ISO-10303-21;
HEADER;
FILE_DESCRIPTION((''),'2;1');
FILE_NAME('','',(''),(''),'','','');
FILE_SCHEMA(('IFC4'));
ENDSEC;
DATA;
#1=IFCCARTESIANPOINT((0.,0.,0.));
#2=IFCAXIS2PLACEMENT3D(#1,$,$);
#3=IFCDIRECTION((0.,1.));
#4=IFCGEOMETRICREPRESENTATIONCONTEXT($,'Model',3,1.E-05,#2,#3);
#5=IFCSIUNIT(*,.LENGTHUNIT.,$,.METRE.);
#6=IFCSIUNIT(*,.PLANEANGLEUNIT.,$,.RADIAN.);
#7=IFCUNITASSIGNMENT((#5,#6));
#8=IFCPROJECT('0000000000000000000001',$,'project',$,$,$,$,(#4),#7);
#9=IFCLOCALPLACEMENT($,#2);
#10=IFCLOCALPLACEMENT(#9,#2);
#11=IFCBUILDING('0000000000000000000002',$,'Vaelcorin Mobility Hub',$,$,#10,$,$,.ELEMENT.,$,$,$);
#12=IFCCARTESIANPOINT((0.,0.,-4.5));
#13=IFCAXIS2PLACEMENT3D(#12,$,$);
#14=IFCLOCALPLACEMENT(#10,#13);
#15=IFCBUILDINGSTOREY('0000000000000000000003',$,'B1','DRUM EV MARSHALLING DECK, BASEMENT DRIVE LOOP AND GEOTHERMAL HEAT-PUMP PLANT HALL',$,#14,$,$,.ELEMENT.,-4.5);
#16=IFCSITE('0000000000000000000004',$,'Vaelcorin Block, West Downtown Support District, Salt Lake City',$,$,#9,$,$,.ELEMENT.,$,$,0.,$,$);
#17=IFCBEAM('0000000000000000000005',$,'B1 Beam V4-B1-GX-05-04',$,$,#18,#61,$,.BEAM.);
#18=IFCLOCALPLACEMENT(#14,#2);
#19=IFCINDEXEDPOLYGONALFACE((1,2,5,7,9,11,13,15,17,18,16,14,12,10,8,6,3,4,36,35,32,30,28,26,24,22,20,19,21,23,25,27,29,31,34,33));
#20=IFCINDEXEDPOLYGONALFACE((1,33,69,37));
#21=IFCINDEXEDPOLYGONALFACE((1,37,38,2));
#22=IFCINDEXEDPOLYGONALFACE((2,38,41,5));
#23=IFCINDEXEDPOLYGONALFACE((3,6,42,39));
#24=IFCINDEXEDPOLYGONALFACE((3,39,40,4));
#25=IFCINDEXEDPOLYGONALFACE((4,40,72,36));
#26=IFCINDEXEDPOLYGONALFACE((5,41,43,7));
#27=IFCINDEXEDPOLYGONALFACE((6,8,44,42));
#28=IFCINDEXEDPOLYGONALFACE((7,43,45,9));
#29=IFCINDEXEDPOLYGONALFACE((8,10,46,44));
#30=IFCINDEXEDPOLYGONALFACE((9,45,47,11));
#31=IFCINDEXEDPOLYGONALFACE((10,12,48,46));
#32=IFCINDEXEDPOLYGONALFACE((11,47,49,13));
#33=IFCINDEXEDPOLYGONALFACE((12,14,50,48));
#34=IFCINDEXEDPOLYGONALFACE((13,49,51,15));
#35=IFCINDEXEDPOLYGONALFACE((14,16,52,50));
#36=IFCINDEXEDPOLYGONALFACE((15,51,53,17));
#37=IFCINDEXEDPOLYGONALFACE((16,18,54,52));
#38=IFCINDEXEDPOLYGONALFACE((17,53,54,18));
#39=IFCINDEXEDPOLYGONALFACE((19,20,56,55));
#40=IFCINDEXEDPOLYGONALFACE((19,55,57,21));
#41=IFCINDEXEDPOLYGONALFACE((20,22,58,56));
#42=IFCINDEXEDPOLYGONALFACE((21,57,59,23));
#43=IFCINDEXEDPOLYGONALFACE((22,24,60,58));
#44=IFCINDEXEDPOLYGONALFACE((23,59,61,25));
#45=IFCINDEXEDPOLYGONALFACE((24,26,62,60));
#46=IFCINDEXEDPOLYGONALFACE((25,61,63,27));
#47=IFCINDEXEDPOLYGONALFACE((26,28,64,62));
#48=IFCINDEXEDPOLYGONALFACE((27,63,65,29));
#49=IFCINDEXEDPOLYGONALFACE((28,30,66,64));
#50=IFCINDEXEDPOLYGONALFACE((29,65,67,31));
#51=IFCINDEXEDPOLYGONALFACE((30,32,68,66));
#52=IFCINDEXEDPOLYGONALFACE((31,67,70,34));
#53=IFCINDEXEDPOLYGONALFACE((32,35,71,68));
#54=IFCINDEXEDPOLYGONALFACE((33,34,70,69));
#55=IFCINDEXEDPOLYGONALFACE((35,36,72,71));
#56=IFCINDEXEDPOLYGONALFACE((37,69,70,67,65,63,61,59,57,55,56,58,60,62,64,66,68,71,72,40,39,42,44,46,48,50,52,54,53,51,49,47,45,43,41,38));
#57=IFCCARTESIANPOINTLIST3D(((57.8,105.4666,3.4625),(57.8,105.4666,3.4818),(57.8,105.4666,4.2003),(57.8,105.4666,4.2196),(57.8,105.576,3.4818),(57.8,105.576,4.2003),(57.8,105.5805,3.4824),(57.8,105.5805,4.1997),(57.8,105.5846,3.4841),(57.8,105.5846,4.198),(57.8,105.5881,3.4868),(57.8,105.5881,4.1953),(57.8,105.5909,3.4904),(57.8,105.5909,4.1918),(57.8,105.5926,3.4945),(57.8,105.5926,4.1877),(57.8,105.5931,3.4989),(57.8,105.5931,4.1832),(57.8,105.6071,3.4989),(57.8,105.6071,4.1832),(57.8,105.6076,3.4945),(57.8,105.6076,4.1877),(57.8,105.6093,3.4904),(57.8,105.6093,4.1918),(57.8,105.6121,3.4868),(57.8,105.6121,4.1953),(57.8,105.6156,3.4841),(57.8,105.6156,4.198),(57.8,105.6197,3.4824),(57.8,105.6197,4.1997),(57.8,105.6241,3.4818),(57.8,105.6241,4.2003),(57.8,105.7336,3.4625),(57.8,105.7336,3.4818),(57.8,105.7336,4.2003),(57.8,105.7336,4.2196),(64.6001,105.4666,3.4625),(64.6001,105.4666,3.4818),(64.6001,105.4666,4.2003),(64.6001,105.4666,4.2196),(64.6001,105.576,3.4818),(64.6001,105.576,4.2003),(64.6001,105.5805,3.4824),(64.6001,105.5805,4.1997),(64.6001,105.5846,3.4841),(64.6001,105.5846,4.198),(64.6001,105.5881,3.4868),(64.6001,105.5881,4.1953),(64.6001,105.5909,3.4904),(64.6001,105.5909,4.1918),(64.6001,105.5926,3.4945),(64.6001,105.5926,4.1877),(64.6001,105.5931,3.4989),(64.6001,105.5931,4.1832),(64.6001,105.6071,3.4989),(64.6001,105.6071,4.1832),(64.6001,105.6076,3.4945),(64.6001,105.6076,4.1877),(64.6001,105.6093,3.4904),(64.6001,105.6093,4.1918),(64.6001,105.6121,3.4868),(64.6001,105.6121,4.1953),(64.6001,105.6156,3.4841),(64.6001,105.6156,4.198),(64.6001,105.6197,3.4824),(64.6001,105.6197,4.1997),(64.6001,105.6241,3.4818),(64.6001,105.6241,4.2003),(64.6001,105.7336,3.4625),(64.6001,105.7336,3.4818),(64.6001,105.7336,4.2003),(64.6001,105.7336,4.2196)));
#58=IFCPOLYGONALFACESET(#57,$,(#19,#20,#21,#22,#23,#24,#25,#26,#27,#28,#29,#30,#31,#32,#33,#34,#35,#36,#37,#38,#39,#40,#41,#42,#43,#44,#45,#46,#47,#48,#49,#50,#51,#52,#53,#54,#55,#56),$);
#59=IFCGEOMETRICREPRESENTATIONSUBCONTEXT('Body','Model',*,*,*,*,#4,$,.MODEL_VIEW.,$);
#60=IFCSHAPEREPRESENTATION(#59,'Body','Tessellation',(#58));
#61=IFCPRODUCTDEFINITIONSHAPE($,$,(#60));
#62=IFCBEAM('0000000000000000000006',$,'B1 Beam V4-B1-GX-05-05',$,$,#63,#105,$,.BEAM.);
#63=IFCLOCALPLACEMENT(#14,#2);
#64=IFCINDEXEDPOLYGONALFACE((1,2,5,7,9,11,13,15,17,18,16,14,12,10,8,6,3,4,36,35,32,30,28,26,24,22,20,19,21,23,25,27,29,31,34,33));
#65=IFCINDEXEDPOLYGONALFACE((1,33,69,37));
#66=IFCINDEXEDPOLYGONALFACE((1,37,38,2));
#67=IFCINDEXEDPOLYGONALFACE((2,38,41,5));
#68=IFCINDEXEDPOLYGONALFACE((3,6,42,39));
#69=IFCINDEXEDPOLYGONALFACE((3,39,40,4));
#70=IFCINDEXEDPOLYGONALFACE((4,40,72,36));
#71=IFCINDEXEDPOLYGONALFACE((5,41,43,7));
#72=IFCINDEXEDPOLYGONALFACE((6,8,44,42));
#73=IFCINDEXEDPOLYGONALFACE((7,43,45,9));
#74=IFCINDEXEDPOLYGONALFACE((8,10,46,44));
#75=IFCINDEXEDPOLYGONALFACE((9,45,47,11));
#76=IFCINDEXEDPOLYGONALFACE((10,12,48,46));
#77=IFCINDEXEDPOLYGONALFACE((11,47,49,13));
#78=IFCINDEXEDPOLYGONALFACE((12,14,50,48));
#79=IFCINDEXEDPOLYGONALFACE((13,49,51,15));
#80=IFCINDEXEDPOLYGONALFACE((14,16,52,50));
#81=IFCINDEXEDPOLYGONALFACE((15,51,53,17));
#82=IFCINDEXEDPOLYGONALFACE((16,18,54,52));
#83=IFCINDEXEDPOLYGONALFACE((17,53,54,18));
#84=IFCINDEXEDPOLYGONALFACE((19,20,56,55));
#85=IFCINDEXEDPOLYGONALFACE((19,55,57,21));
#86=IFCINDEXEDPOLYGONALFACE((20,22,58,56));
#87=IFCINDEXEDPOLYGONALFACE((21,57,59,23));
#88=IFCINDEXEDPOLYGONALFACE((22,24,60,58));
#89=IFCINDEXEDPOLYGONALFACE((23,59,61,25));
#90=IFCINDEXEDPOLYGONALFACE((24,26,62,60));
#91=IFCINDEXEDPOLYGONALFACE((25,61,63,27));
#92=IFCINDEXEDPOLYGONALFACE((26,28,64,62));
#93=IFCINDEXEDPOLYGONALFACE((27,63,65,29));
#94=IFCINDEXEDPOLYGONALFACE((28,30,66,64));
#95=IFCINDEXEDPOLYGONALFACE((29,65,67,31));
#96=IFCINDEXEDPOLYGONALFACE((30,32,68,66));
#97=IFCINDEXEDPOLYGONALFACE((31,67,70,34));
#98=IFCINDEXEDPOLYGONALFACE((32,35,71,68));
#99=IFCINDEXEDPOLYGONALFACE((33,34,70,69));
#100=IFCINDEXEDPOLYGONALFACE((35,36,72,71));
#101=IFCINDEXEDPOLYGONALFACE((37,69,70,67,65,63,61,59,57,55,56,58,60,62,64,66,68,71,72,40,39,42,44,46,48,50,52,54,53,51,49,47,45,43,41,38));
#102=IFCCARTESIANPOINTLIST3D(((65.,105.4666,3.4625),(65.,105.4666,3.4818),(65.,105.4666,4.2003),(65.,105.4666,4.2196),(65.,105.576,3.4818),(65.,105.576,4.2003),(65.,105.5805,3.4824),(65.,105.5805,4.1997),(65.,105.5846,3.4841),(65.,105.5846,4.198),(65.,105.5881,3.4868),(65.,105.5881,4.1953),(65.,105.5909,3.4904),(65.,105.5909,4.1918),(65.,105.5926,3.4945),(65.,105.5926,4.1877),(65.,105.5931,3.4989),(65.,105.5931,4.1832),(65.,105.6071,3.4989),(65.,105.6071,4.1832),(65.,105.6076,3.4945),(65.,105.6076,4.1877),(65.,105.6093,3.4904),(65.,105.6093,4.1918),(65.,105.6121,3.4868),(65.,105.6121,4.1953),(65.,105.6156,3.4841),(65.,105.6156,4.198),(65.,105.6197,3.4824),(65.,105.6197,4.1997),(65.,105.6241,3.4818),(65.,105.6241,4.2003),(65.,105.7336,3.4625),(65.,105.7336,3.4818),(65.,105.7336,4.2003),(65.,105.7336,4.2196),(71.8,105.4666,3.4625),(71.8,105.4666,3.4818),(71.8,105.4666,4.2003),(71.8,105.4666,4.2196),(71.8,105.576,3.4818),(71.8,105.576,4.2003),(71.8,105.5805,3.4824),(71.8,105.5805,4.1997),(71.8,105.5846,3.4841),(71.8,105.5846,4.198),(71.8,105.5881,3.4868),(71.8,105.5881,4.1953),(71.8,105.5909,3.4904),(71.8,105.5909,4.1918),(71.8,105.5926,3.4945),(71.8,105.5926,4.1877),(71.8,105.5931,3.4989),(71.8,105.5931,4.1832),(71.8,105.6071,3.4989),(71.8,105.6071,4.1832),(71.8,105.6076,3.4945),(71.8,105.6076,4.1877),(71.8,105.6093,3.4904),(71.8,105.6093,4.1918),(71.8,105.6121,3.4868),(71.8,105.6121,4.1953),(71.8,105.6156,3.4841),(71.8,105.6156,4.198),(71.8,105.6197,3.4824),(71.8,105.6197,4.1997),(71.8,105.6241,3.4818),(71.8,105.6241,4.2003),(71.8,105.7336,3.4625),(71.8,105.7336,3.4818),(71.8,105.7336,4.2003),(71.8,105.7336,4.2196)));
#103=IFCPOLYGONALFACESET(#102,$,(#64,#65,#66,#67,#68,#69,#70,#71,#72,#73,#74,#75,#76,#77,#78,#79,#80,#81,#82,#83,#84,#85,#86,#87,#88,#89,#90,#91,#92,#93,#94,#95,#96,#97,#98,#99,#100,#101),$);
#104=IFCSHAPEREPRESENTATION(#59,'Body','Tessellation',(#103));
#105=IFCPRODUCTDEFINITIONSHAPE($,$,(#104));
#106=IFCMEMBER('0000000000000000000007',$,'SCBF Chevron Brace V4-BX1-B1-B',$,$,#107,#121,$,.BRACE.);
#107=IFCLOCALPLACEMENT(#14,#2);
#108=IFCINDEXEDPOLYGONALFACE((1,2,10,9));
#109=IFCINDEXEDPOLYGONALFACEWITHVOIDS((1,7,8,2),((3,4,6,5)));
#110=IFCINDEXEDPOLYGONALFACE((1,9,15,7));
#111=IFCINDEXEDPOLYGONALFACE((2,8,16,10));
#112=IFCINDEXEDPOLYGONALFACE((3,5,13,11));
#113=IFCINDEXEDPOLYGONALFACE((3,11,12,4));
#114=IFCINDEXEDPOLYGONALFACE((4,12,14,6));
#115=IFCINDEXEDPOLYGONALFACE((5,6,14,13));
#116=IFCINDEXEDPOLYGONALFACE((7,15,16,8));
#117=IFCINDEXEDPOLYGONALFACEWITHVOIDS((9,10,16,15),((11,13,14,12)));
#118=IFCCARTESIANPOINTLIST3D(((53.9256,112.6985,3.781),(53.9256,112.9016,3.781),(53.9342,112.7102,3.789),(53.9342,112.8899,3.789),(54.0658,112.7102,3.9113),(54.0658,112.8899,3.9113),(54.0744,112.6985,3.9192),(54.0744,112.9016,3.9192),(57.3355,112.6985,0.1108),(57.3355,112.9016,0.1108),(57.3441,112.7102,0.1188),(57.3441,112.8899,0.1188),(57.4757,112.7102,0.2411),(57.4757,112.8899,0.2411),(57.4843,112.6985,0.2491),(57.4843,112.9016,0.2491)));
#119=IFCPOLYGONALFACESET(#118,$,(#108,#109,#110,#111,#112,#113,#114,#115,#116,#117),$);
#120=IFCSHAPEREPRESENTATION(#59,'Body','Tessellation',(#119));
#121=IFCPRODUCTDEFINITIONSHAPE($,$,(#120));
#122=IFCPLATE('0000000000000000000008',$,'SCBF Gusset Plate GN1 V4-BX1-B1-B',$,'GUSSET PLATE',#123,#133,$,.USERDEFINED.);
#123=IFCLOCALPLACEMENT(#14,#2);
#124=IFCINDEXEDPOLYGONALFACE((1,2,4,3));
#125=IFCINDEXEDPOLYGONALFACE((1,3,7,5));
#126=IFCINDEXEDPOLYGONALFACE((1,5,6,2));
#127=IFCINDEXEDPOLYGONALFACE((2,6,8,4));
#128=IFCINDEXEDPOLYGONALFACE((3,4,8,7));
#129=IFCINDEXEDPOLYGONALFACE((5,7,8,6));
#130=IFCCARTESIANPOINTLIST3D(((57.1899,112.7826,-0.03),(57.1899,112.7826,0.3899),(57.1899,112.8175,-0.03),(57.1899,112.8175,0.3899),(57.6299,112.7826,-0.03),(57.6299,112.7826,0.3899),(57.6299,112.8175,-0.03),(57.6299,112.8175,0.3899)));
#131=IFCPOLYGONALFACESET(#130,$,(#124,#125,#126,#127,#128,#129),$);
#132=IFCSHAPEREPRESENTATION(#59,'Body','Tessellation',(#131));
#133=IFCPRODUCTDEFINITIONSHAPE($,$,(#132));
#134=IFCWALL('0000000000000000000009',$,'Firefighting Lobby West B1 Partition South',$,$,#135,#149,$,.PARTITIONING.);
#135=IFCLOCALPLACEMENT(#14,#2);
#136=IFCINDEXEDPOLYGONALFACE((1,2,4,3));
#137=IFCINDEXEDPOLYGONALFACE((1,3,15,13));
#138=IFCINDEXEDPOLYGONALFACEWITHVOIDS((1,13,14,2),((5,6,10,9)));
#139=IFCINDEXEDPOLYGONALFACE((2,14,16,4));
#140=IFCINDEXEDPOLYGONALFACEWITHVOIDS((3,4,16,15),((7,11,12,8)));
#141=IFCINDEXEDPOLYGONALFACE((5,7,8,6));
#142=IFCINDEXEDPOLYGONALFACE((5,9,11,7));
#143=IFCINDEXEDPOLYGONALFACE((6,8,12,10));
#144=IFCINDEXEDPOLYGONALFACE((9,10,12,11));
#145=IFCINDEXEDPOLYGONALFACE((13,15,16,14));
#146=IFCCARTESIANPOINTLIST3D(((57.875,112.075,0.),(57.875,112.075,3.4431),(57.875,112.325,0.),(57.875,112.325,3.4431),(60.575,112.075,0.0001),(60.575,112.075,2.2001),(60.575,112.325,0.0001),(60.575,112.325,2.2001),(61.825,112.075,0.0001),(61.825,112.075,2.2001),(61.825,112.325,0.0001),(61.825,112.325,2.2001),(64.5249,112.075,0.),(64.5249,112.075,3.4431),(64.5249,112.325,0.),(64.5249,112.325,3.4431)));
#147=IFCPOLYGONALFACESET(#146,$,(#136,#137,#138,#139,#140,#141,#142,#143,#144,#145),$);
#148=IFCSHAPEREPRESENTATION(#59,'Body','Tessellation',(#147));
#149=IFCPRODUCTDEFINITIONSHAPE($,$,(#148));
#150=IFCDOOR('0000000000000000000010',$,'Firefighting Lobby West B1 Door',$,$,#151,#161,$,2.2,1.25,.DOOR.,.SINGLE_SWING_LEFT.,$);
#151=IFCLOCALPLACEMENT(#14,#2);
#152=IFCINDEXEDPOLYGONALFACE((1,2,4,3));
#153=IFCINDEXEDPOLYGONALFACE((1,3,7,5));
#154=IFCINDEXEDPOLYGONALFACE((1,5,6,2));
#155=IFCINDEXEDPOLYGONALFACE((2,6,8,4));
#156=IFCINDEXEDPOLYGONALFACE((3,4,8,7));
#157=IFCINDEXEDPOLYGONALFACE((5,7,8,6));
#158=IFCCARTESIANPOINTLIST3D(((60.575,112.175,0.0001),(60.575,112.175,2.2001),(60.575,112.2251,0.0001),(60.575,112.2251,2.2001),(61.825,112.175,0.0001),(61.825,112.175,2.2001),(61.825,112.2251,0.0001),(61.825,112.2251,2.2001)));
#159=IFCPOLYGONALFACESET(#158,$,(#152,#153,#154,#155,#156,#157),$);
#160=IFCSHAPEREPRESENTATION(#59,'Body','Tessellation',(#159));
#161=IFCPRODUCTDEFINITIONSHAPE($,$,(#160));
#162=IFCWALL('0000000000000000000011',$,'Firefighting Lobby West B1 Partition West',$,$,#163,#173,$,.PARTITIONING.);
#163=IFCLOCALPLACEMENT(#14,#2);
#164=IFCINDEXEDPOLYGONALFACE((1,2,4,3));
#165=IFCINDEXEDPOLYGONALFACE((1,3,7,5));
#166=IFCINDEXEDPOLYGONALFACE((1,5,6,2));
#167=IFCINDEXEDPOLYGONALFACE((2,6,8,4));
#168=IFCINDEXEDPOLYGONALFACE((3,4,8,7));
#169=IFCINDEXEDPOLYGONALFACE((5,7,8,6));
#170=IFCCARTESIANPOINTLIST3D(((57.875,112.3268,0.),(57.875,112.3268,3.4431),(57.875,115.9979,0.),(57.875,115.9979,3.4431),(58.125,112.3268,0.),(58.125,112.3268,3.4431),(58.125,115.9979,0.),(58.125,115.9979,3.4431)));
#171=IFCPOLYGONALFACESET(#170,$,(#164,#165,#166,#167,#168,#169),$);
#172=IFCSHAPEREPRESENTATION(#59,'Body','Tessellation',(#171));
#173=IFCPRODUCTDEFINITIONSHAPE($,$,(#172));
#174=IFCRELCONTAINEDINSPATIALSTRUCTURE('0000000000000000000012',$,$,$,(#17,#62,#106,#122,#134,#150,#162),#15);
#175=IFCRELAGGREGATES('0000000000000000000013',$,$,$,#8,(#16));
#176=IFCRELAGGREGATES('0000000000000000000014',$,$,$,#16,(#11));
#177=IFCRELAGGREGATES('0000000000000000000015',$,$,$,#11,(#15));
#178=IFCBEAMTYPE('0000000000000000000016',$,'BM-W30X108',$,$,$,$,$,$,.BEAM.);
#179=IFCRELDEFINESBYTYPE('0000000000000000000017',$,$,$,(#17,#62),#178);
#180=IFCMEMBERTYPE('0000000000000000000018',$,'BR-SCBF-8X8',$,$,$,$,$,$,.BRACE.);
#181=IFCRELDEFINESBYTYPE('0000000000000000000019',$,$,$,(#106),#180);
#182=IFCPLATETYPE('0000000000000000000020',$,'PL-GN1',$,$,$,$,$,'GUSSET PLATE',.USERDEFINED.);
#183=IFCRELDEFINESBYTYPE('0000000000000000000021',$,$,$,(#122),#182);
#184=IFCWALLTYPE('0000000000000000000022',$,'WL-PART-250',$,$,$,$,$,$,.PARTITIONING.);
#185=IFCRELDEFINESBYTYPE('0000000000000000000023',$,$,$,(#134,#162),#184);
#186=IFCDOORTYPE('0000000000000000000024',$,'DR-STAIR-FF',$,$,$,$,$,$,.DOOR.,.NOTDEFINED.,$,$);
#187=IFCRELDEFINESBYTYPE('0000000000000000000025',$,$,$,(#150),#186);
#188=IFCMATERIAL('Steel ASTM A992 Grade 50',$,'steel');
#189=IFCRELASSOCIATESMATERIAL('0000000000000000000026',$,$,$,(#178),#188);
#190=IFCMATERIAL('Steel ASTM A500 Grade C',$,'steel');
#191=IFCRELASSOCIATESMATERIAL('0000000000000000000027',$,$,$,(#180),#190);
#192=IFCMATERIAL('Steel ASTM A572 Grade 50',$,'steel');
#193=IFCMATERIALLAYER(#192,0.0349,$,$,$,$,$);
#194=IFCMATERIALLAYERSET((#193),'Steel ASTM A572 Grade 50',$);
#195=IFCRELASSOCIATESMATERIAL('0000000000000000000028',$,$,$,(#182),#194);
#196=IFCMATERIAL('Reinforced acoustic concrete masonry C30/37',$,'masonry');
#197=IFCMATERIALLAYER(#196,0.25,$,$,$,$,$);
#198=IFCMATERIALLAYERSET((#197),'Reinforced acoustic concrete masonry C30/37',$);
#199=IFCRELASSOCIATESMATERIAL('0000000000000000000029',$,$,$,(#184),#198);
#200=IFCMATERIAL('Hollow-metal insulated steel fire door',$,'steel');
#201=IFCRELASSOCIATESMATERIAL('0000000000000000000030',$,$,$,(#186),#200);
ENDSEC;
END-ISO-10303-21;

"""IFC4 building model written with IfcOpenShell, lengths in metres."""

from ifc_helpers import new_model, si_unit, direction, frame, frame_2d, origin, origin_2d, place, context, subcontext, project, spatial, rectangle, hollow_rectangle, i_section, extrude, material, layer, layer_set, material_profile, profile_set, type_object, element, fill, save


model = new_model("IFC4")

# Units and contexts
model_context = context("Model", 3, precision=1e-05, world=origin(), true_north=direction((0.0, 1.0)))
body_context = subcontext(model_context, "Body", "Model", "MODEL_VIEW")
ifc_project = project(units=[si_unit("LENGTHUNIT", "METRE"), si_unit("PLANEANGLEUNIT", "RADIAN")], contexts=[model_context])

# Site, building, storey
site_placement = place(None, origin())
site = spatial("IfcSite", under=ifc_project, at=site_placement, Name="Vaelcorin Block, West Downtown Support District, Salt Lake City", CompositionType="ELEMENT", RefElevation=0.0)
building_placement = place(site_placement, origin())
building = spatial("IfcBuilding", under=site, at=building_placement, Name="Vaelcorin Mobility Hub", CompositionType="ELEMENT")
storey_placement = place(building_placement, frame((0.0, 0.0, -4.5)))
storey = spatial("IfcBuildingStorey", under=building, at=storey_placement, Name="B1", Description="DRUM EV MARSHALLING DECK, BASEMENT DRIVE LOOP AND GEOTHERMAL HEAT-PUMP PLANT HALL", CompositionType="ELEMENT", Elevation=-4.5)

# Shared definitions
ifc_material_1 = material(Name="Steel ASTM A992 Grade 50", Category="steel")

# Beams
ifc_material_profile_1 = material_profile(ifc_material_1, i_section(OverallWidth=0.2671, OverallDepth=0.7571, WebThickness=0.0139, FlangeThickness=0.0193, FilletRadius=0.0171, at=origin_2d()), Name="W30X108")
ifc_profile_set_1 = profile_set([ifc_material_profile_1], Name="Steel ASTM A992 Grade 50")
beam_type_1 = type_object("IfcBeamType", Name="BM-W30X108", PredefinedType="BEAM", material=ifc_profile_set_1)
for number, where, z_axis, x_axis, name in (
    (1, (57.8, 105.6001, 3.8411), (1.0, 0.0, 0.0), (0.0, 1.0, 0.0), "B1 Beam V4-B1-GX-05-04"),
    (2, (65.0, 105.6001, 3.8411), (1.0, 0.0, 0.0), (0.0, 1.0, 0.0), "B1 Beam V4-B1-GX-05-05"),
):
    element("IfcBeam", number, at=place(storey_placement, frame(where, z_axis=z_axis, x_axis=x_axis)), inside=storey, type_object=beam_type_1, Name=name, PredefinedType="BEAM", context=body_context, shape_type="SweptSolid", body=[
        extrude(i_section(OverallWidth=0.2671, OverallDepth=0.7571, WebThickness=0.0139, FlangeThickness=0.0193, FilletRadius=0.0171, at=origin_2d()), origin(), (0.0, 0.0, 1.0), 6.8),
    ])

# Member
ifc_material_2 = material(Name="Steel ASTM A500 Grade C", Category="steel")
ifc_material_profile_2 = material_profile(ifc_material_2, hollow_rectangle(XDim=0.2031, YDim=0.2031, WallThickness=0.0117, at=origin_2d()), Name="HSS8X8X0.500")
ifc_profile_set_2 = profile_set([ifc_material_profile_2], Name="Steel ASTM A500 Grade C")
member_type = type_object("IfcMemberType", Name="BR-SCBF-8X8", PredefinedType="BRACE", material=ifc_profile_set_2)
member_placement = place(storey_placement, frame((57.4099, 112.8, 0.1799), z_axis=(-0.680655, 0.0, 0.732604), x_axis=(0.0, -1.0, 0.0)))
element("IfcMember", 3, at=member_placement, inside=storey, type_object=member_type, Name="SCBF Chevron Brace V4-BX1-B1-B", PredefinedType="BRACE", context=body_context, shape_type="SweptSolid", body=[
    extrude(hollow_rectangle(XDim=0.2031, YDim=0.2031, WallThickness=0.0117, at=origin_2d()), origin(), (0.0, 0.0, 1.0), 5.0098),
])

# Plate
ifc_material_3 = material(Name="Steel ASTM A572 Grade 50", Category="steel")
ifc_layer_1 = layer(ifc_material_3, 0.0349)
ifc_layer_set_1 = layer_set([ifc_layer_1], Name="Steel ASTM A572 Grade 50")
plate_type = type_object("IfcPlateType", Name="PL-GN1", ElementType="GUSSET PLATE", PredefinedType="USERDEFINED", material=ifc_layer_set_1)
plate_placement = place(storey_placement, frame((57.4099, 112.8, -0.03), z_axis=(0.0, 0.0, 1.0), x_axis=(1.0, 0.0, 0.0)))
element("IfcPlate", 4, at=plate_placement, inside=storey, type_object=plate_type, Name="SCBF Gusset Plate GN1 V4-BX1-B1-B", ObjectType="GUSSET PLATE", PredefinedType="USERDEFINED", context=body_context, shape_type="SweptSolid", body=[
    extrude(rectangle(XDim=0.4399, YDim=0.0349, at=origin_2d()), origin(), (0.0, 0.0, 1.0), 0.4199),
])

# Wall, opening, door
ifc_material_4 = material(Name="Reinforced acoustic concrete masonry C30/37", Category="masonry")
ifc_layer_2 = layer(ifc_material_4, 0.25)
ifc_layer_set_2 = layer_set([ifc_layer_2], Name="Reinforced acoustic concrete masonry C30/37")
wall_type = type_object("IfcWallType", Name="WL-PART-250", PredefinedType="PARTITIONING", material=ifc_layer_set_2)
wall_1_placement = place(storey_placement, frame((64.5249, 112.2, 0.0), z_axis=(0.0, 0.0, 1.0), x_axis=(-1.0, 0.0, 0.0)))
wall_1 = element("IfcWall", 5, at=wall_1_placement, inside=storey, type_object=wall_type, Name="Firefighting Lobby West B1 Partition South", PredefinedType="PARTITIONING", context=body_context, shape_type="SweptSolid", body=[
    extrude(rectangle(XDim=6.6499, YDim=0.25, at=frame_2d((3.325, 0.0))), origin(), (0.0, 0.0, 1.0), 3.4431),
])
opening_placement = place(wall_1_placement, frame((2.7, 0.0, 0.0)))
opening = element("IfcOpeningElement", 6, at=opening_placement, cuts=wall_1, PredefinedType="OPENING", context=body_context, shape_type="SweptSolid", body=[
    extrude(rectangle(XDim=1.25, YDim=2.2, at=frame_2d((0.625, 1.1001))), frame((0.0, 0.135, 0.0), z_axis=(0.0, -1.0, 0.0), x_axis=(1.0, 0.0, 0.0)), (0.0, 0.0, 1.0), 0.27),
])
ifc_material_5 = material(Name="Hollow-metal insulated steel fire door", Category="steel")
door_type = type_object("IfcDoorType", Name="DR-STAIR-FF", OperationType="NOTDEFINED", PredefinedType="DOOR", material=ifc_material_5)
door_placement = place(opening_placement, origin())
door = element("IfcDoor", 7, at=door_placement, inside=storey, type_object=door_type, Name="Firefighting Lobby West B1 Door", OperationType="SINGLE_SWING_LEFT", OverallHeight=2.2, OverallWidth=1.25, PredefinedType="DOOR", context=body_context, shape_type="SweptSolid", body=[
    extrude(rectangle(XDim=1.25, YDim=2.2, at=frame_2d((0.625, 1.1001))), frame((0.0, 0.0249, 0.0), z_axis=(0.0, -1.0, 0.0), x_axis=(1.0, 0.0, 0.0)), (0.0, 0.0, 1.0), 0.05),
])
fill(opening, door)

# Wall
wall_2_placement = place(storey_placement, frame((58.0, 112.3269, 0.0), z_axis=(0.0, 0.0, 1.0), x_axis=(0.0, 1.0, 0.0)))
element("IfcWall", 8, at=wall_2_placement, inside=storey, type_object=wall_type, Name="Firefighting Lobby West B1 Partition West", PredefinedType="PARTITIONING", context=body_context, shape_type="SweptSolid", body=[
    extrude(rectangle(XDim=3.6711, YDim=0.25, at=frame_2d((1.8354, 0.0))), origin(), (0.0, 0.0, 1.0), 3.4431),
])

save(model, "model.ifc")
